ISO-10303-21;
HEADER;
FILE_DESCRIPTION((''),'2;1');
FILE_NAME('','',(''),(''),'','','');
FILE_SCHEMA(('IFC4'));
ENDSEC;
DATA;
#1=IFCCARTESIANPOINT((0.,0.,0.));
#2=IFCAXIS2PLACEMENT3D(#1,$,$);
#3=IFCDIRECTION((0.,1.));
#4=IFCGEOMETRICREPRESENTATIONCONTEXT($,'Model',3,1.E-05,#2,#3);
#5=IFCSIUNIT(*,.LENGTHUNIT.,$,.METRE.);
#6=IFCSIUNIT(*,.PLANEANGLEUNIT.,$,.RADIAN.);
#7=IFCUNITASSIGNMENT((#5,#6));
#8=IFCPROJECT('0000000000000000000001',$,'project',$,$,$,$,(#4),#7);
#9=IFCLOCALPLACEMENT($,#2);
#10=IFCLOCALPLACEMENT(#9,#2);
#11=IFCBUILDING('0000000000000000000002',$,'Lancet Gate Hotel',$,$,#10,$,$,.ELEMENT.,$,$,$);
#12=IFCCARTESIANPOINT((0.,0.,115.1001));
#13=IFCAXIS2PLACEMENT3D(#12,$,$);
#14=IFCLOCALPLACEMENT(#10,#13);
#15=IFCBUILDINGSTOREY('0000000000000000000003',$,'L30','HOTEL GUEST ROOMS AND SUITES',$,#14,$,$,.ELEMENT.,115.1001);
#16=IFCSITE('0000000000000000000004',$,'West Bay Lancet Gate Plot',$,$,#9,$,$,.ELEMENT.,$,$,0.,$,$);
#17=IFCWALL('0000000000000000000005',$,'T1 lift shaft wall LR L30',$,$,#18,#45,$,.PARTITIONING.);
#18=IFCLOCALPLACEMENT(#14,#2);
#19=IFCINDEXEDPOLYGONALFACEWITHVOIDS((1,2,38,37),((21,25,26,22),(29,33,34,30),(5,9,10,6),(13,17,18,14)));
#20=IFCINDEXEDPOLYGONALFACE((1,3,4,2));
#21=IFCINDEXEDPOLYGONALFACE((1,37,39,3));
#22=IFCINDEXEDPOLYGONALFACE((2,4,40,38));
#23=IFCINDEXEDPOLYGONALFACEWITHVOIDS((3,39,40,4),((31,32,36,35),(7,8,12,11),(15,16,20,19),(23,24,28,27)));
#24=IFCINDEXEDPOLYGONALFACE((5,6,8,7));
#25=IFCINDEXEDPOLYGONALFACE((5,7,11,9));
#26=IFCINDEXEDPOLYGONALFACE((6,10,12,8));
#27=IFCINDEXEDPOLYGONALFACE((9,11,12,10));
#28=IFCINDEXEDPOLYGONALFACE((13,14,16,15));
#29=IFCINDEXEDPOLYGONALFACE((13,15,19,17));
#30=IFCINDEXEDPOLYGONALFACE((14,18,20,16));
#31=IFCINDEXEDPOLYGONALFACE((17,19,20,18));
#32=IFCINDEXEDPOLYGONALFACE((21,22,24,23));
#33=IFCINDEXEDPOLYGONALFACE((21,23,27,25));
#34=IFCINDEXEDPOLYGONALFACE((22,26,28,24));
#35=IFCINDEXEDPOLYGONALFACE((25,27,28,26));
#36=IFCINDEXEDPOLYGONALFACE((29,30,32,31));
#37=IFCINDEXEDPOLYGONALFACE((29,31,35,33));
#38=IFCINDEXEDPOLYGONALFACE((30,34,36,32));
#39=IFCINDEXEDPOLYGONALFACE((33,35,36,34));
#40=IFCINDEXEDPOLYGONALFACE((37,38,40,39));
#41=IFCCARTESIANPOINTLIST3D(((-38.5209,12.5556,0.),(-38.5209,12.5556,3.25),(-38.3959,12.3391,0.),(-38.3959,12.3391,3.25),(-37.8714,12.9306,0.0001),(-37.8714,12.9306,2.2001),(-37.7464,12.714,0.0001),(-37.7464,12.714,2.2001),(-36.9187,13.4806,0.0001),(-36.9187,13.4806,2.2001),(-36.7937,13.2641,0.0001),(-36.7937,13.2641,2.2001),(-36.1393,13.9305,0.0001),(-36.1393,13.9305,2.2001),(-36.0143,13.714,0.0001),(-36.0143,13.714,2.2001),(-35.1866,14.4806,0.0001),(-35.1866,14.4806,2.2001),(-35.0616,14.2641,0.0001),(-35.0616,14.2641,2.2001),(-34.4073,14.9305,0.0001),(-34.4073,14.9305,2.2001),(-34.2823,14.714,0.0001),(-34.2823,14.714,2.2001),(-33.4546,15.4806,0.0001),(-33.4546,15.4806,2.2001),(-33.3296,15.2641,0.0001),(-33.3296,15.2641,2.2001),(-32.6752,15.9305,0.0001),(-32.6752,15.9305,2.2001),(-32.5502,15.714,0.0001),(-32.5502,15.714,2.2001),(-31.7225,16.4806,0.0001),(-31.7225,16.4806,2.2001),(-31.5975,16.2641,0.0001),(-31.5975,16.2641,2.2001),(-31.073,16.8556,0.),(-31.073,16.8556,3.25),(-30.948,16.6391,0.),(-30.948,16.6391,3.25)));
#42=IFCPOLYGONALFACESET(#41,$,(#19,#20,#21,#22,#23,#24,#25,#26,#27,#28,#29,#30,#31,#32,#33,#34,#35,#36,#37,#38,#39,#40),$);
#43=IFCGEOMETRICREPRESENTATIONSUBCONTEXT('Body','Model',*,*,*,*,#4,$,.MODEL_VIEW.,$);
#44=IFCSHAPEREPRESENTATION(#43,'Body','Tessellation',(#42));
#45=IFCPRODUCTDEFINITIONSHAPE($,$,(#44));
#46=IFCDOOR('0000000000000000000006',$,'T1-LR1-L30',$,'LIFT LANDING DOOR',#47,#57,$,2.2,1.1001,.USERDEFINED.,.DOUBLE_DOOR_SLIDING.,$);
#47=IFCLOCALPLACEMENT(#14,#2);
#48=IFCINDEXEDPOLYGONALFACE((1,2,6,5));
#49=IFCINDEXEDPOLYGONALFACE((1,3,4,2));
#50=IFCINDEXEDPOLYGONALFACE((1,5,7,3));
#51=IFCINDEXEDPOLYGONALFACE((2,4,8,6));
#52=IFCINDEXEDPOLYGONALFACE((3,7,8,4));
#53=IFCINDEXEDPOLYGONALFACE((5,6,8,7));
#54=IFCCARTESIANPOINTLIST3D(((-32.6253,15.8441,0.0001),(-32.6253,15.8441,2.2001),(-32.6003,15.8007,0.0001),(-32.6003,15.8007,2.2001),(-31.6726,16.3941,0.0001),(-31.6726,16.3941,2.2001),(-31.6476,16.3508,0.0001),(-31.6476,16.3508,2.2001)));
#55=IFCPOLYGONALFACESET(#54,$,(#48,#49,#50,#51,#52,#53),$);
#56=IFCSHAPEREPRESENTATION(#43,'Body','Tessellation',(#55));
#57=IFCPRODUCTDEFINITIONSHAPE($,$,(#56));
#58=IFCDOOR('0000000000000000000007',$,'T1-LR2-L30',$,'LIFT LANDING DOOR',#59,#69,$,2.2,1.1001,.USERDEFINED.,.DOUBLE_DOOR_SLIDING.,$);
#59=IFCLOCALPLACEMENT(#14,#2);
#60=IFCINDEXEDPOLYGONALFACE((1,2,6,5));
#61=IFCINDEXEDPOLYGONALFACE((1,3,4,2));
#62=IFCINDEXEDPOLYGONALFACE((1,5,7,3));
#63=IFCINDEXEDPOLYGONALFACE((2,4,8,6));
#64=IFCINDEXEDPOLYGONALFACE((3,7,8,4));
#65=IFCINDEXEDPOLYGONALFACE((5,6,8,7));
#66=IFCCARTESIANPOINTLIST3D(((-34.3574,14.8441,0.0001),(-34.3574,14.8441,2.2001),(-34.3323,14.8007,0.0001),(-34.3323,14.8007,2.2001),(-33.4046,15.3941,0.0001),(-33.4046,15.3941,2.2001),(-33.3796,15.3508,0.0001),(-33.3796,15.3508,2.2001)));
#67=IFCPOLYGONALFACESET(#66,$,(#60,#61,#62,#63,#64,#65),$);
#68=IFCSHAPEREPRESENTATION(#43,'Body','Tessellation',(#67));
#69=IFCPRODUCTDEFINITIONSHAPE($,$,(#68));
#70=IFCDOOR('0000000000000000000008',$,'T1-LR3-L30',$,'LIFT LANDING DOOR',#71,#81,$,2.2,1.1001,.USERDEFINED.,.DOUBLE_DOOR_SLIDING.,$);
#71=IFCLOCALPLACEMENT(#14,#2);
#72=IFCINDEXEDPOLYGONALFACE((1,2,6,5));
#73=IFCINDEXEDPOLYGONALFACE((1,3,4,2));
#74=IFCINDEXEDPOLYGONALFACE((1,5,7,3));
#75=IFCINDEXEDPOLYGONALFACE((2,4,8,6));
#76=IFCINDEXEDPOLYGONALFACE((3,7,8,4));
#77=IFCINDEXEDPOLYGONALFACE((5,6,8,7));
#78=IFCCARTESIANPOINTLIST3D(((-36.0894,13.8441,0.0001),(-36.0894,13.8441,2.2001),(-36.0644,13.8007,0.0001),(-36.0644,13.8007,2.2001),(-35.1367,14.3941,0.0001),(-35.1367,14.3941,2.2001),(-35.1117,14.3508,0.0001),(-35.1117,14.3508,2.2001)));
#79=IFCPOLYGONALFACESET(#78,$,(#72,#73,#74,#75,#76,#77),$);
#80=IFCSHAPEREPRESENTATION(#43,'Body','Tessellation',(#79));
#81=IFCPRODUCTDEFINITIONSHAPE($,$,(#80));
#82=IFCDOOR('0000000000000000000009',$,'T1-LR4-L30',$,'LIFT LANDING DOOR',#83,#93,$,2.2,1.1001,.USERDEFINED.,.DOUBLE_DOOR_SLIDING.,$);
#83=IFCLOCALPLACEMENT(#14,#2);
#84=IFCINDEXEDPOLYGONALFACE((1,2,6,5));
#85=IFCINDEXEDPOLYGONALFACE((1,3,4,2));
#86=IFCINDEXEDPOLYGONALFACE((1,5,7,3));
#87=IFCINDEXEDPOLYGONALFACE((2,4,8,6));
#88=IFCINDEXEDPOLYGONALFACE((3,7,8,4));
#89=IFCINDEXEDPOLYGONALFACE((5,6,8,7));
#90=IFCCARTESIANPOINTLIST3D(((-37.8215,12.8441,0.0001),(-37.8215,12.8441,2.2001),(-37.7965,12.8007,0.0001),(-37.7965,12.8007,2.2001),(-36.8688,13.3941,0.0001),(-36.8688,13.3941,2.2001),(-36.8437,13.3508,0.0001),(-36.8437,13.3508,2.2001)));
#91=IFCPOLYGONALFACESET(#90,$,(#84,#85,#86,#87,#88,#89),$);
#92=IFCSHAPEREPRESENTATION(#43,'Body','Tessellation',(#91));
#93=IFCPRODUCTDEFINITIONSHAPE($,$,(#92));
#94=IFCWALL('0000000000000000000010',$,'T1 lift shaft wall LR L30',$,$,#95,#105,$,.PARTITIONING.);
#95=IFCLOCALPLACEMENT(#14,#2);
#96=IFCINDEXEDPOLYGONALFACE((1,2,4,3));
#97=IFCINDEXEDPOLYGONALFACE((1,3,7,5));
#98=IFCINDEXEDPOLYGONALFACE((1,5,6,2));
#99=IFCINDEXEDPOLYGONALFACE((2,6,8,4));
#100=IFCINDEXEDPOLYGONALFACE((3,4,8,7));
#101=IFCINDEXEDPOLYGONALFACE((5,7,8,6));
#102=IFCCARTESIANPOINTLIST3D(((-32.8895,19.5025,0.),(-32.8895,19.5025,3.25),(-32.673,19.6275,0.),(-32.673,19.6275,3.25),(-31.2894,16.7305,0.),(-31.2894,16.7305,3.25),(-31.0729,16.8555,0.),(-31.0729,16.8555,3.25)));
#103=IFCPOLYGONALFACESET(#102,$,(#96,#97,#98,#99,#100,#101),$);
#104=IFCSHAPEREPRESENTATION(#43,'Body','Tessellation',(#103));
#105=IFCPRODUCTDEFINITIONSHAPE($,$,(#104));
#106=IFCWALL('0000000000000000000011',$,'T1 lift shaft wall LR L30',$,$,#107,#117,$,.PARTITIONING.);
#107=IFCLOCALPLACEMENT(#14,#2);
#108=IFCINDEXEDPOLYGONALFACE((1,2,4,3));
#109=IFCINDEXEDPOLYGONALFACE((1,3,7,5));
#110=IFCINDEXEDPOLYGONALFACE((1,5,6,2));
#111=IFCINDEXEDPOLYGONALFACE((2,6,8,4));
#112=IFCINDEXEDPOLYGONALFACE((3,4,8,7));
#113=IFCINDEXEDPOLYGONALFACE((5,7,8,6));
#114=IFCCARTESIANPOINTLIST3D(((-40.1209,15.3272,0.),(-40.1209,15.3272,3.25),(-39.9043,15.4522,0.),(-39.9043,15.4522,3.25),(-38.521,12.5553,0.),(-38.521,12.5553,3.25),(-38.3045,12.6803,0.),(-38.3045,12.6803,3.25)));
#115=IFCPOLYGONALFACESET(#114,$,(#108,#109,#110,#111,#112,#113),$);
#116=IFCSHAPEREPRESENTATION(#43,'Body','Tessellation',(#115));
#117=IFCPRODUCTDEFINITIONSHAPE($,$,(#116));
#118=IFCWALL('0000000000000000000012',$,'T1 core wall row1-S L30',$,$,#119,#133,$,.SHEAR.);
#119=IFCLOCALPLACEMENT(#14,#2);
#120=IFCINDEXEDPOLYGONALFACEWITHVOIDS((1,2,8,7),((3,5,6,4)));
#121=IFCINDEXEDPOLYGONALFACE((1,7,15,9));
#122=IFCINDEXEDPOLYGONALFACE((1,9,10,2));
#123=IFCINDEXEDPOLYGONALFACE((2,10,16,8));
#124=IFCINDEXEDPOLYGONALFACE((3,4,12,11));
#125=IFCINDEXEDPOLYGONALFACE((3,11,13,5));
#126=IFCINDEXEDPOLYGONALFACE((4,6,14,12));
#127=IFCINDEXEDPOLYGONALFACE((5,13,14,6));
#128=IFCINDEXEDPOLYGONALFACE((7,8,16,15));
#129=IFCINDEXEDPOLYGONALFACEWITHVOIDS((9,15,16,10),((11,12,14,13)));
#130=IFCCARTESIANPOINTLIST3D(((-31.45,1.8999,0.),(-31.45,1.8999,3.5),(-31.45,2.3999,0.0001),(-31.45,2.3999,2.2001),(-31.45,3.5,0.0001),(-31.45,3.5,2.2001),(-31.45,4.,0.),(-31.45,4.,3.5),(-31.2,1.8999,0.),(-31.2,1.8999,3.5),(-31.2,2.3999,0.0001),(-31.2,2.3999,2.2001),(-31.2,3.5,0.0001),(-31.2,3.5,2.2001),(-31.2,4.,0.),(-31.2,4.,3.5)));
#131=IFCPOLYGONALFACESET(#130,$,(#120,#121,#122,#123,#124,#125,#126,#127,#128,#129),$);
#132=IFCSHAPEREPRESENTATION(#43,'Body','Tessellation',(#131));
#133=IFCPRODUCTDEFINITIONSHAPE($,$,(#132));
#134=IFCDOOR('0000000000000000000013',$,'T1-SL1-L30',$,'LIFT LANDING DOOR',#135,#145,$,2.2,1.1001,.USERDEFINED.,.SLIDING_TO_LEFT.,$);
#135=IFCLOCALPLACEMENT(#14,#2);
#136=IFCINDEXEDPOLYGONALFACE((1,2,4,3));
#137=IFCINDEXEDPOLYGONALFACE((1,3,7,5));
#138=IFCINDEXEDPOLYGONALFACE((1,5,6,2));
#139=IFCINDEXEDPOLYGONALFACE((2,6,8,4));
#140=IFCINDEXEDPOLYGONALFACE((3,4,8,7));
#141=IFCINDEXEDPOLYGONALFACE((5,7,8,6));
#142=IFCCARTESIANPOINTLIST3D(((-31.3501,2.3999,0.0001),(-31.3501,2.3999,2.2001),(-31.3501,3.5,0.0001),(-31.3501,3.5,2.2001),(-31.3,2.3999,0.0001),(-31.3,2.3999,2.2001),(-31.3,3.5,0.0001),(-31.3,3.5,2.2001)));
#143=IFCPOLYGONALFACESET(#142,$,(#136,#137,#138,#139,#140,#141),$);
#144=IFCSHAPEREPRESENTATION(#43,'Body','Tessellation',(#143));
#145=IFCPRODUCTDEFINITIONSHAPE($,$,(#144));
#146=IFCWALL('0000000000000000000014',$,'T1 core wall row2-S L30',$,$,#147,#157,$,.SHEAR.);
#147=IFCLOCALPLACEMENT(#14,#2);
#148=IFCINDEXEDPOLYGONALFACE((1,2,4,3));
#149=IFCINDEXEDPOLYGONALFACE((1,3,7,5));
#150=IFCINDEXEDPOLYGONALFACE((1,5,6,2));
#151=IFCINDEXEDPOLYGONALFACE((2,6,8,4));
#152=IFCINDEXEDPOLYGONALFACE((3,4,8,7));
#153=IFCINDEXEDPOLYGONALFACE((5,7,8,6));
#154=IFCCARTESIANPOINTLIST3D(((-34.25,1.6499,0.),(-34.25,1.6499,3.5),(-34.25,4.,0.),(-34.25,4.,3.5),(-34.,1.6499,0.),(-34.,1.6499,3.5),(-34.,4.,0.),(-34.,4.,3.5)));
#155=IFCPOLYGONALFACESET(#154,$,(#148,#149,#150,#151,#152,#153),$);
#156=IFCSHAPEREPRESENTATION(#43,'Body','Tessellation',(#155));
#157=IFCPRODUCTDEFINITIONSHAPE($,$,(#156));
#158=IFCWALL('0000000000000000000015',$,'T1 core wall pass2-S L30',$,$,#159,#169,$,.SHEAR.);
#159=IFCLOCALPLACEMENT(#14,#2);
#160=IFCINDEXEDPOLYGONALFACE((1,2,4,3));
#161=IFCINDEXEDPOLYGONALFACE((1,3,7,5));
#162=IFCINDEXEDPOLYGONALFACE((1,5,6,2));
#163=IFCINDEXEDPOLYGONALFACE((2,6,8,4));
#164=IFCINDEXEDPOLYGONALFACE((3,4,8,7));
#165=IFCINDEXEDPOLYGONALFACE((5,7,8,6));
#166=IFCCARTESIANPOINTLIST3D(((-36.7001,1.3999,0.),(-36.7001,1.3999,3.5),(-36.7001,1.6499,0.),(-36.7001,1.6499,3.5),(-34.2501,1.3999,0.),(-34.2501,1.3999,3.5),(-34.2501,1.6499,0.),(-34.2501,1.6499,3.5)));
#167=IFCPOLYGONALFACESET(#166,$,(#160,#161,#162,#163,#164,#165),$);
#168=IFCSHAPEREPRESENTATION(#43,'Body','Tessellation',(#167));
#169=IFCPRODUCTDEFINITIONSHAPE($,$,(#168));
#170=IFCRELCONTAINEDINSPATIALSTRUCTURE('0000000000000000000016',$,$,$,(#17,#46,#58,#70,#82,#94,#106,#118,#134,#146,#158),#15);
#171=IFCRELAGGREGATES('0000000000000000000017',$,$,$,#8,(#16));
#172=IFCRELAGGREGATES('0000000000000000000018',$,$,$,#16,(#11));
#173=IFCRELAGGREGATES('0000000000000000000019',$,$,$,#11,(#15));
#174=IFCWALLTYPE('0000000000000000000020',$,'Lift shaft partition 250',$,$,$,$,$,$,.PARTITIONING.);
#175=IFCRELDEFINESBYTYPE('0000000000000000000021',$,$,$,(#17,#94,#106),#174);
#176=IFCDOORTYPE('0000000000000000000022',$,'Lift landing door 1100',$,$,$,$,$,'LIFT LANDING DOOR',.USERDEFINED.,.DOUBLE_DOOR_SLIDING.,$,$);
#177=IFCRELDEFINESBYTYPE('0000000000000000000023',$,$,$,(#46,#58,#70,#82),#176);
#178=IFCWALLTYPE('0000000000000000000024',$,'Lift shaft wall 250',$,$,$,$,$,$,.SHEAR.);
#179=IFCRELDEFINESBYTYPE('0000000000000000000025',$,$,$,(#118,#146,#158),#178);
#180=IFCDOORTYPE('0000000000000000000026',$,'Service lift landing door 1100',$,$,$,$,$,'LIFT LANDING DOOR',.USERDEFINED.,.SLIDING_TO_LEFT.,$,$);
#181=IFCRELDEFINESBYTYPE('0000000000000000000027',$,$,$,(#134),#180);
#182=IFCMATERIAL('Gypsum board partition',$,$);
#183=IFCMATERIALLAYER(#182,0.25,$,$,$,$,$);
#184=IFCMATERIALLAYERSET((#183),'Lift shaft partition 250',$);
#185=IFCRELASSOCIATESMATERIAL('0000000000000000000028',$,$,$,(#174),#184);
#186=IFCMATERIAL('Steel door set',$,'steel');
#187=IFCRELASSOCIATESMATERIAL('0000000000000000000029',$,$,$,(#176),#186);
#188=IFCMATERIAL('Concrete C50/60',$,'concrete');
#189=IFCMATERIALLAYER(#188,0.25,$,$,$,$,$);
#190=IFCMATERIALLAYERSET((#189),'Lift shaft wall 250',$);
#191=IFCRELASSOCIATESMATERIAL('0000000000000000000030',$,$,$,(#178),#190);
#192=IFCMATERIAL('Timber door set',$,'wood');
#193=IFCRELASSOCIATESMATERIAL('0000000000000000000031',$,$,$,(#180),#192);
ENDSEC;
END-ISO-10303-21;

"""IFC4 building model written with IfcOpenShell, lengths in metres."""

from ifc_helpers import new_model, si_unit, direction, frame, frame_2d, origin, place, context, subcontext, project, spatial, rectangle, extrude, material, layer, layer_set, type_object, element, fill, save


model = new_model("IFC4")

# Units and contexts
model_context = context("Model", 3, precision=1e-05, world=origin(), true_north=direction((0.0, 1.0)))
body_context = subcontext(model_context, "Body", "Model", "MODEL_VIEW")
ifc_project = project(units=[si_unit("LENGTHUNIT", "METRE"), si_unit("PLANEANGLEUNIT", "RADIAN")], contexts=[model_context])

# Site, building, storey
site_placement = place(None, origin())
site = spatial("IfcSite", under=ifc_project, at=site_placement, Name="West Bay Lancet Gate Plot", CompositionType="ELEMENT", RefElevation=0.0)
building_placement = place(site_placement, origin())
building = spatial("IfcBuilding", under=site, at=building_placement, Name="Lancet Gate Hotel", CompositionType="ELEMENT")
storey_placement = place(building_placement, frame((0.0, 0.0, 115.1001)))
storey = spatial("IfcBuildingStorey", under=building, at=storey_placement, Name="L30", Description="HOTEL GUEST ROOMS AND SUITES", CompositionType="ELEMENT", Elevation=115.1001)

# Wall, openings, doors
ifc_material_1 = material(Name="Gypsum board partition")
ifc_layer_1 = layer(ifc_material_1, 0.25)
ifc_layer_set_1 = layer_set([ifc_layer_1], Name="Lift shaft partition 250")
wall_type_1 = type_object("IfcWallType", Name="Lift shaft partition 250", PredefinedType="PARTITIONING", material=ifc_layer_set_1)
wall_1_placement = place(storey_placement, frame((-31.0105, 16.7473, 0.0), z_axis=(0.0, 0.0, 1.0), x_axis=(-0.866028, -0.499995, 0.0)))
wall_1 = element("IfcWall", 1, at=wall_1_placement, inside=storey, type_object=wall_type_1, Name="T1 lift shaft wall LR L30", PredefinedType="PARTITIONING", context=body_context, shape_type="SweptSolid", body=[
    extrude(rectangle(XDim=8.6001, YDim=0.25, at=frame_2d((4.3, 0.0))), origin(), (0.0, 0.0, 1.0), 3.25),
])
opening_1_placement = place(wall_1_placement, frame((0.75, 0.0, 0.0)))
opening_1 = element("IfcOpeningElement", 2, at=opening_1_placement, cuts=wall_1, PredefinedType="OPENING", context=body_context, shape_type="SweptSolid", body=[
    extrude(rectangle(XDim=1.1001, YDim=2.2, at=frame_2d((0.55, 1.1001))), frame((0.0, 0.135, 0.0), z_axis=(0.0, -1.0, 0.0), x_axis=(1.0, 0.0, 0.0)), (0.0, 0.0, 1.0), 0.27),
])
opening_2_placement = place(wall_1_placement, frame((2.75, 0.0, 0.0)))
opening_2 = element("IfcOpeningElement", 3, at=opening_2_placement, cuts=wall_1, PredefinedType="OPENING", context=body_context, shape_type="SweptSolid", body=[
    extrude(rectangle(XDim=1.1001, YDim=2.2, at=frame_2d((0.55, 1.1001))), frame((0.0, 0.135, 0.0), z_axis=(0.0, -1.0, 0.0), x_axis=(1.0, 0.0, 0.0)), (0.0, 0.0, 1.0), 0.27),
])
opening_3_placement = place(wall_1_placement, frame((4.75, 0.0, 0.0)))
opening_3 = element("IfcOpeningElement", 4, at=opening_3_placement, cuts=wall_1, PredefinedType="OPENING", context=body_context, shape_type="SweptSolid", body=[
    extrude(rectangle(XDim=1.1001, YDim=2.2, at=frame_2d((0.55, 1.1001))), frame((0.0, 0.135, 0.0), z_axis=(0.0, -1.0, 0.0), x_axis=(1.0, 0.0, 0.0)), (0.0, 0.0, 1.0), 0.27),
])
opening_4_placement = place(wall_1_placement, frame((6.75, 0.0, 0.0)))
opening_4 = element("IfcOpeningElement", 5, at=opening_4_placement, cuts=wall_1, PredefinedType="OPENING", context=body_context, shape_type="SweptSolid", body=[
    extrude(rectangle(XDim=1.1001, YDim=2.2, at=frame_2d((0.55, 1.1001))), frame((0.0, 0.135, 0.0), z_axis=(0.0, -1.0, 0.0), x_axis=(1.0, 0.0, 0.0)), (0.0, 0.0, 1.0), 0.27),
])
ifc_material_2 = material(Name="Steel door set", Category="steel")
door_type_1 = type_object("IfcDoorType", Name="Lift landing door 1100", ElementType="LIFT LANDING DOOR", OperationType="DOUBLE_DOOR_SLIDING", PredefinedType="USERDEFINED", material=ifc_material_2)
door_1_placement = place(opening_1_placement, origin())
door_1 = element("IfcDoor", 6, at=door_1_placement, inside=storey, type_object=door_type_1, Name="T1-LR1-L30", ObjectType="LIFT LANDING DOOR", OperationType="DOUBLE_DOOR_SLIDING", OverallHeight=2.2, OverallWidth=1.1001, PredefinedType="USERDEFINED", context=body_context, shape_type="SweptSolid", body=[
    extrude(rectangle(XDim=1.1001, YDim=2.2, at=frame_2d((0.55, 1.1001))), frame((0.0, 0.0249, 0.0), z_axis=(0.0, -1.0, 0.0), x_axis=(1.0, 0.0, 0.0)), (0.0, 0.0, 1.0), 0.05),
])
fill(opening_1, door_1)
door_2_placement = place(opening_2_placement, origin())
door_2 = element("IfcDoor", 7, at=door_2_placement, inside=storey, type_object=door_type_1, Name="T1-LR2-L30", ObjectType="LIFT LANDING DOOR", OperationType="DOUBLE_DOOR_SLIDING", OverallHeight=2.2, OverallWidth=1.1001, PredefinedType="USERDEFINED", context=body_context, shape_type="SweptSolid", body=[
    extrude(rectangle(XDim=1.1001, YDim=2.2, at=frame_2d((0.55, 1.1001))), frame((0.0, 0.0249, 0.0), z_axis=(0.0, -1.0, 0.0), x_axis=(1.0, 0.0, 0.0)), (0.0, 0.0, 1.0), 0.05),
])
fill(opening_2, door_2)
door_3_placement = place(opening_3_placement, origin())
door_3 = element("IfcDoor", 8, at=door_3_placement, inside=storey, type_object=door_type_1, Name="T1-LR3-L30", ObjectType="LIFT LANDING DOOR", OperationType="DOUBLE_DOOR_SLIDING", OverallHeight=2.2, OverallWidth=1.1001, PredefinedType="USERDEFINED", context=body_context, shape_type="SweptSolid", body=[
    extrude(rectangle(XDim=1.1001, YDim=2.2, at=frame_2d((0.55, 1.1001))), frame((0.0, 0.0249, 0.0), z_axis=(0.0, -1.0, 0.0), x_axis=(1.0, 0.0, 0.0)), (0.0, 0.0, 1.0), 0.05),
])
fill(opening_3, door_3)
door_4_placement = place(opening_4_placement, origin())
door_4 = element("IfcDoor", 9, at=door_4_placement, inside=storey, type_object=door_type_1, Name="T1-LR4-L30", ObjectType="LIFT LANDING DOOR", OperationType="DOUBLE_DOOR_SLIDING", OverallHeight=2.2, OverallWidth=1.1001, PredefinedType="USERDEFINED", context=body_context, shape_type="SweptSolid", body=[
    extrude(rectangle(XDim=1.1001, YDim=2.2, at=frame_2d((0.55, 1.1001))), frame((0.0, 0.0249, 0.0), z_axis=(0.0, -1.0, 0.0), x_axis=(1.0, 0.0, 0.0)), (0.0, 0.0, 1.0), 0.05),
])
fill(opening_4, door_4)

# Walls
wall_2_placement = place(storey_placement, frame((-31.1812, 16.793, 0.0), z_axis=(0.0, 0.0, 1.0), x_axis=(-0.499929, 0.866066, 0.0)))
element("IfcWall", 10, at=wall_2_placement, inside=storey, type_object=wall_type_1, Name="T1 lift shaft wall LR L30", PredefinedType="PARTITIONING", context=body_context, shape_type="SweptSolid", body=[
    extrude(rectangle(XDim=3.2007, YDim=0.25, at=frame_2d((1.6003, 0.0))), origin(), (0.0, 0.0, 1.0), 3.25),
])
wall_3_placement = place(storey_placement, frame((-38.4128, 12.6179, 0.0), z_axis=(0.0, 0.0, 1.0), x_axis=(-0.499872, 0.866099, 0.0)))
element("IfcWall", 11, at=wall_3_placement, inside=storey, type_object=wall_type_1, Name="T1 lift shaft wall LR L30", PredefinedType="PARTITIONING", context=body_context, shape_type="SweptSolid", body=[
    extrude(rectangle(XDim=3.2004, YDim=0.25, at=frame_2d((1.6001, 0.0))), origin(), (0.0, 0.0, 1.0), 3.25),
])

# Wall, opening, door
ifc_material_3 = material(Name="Concrete C50/60", Category="concrete")
ifc_layer_2 = layer(ifc_material_3, 0.25)
ifc_layer_set_2 = layer_set([ifc_layer_2], Name="Lift shaft wall 250")
wall_type_2 = type_object("IfcWallType", Name="Lift shaft wall 250", PredefinedType="SHEAR", material=ifc_layer_set_2)
wall_4_placement = place(storey_placement, frame((-31.325, 4.0, 0.0), z_axis=(0.0, 0.0, 1.0), x_axis=(0.0, -1.0, 0.0)))
wall_4 = element("IfcWall", 12, at=wall_4_placement, inside=storey, type_object=wall_type_2, Name="T1 core wall row1-S L30", PredefinedType="SHEAR", context=body_context, shape_type="SweptSolid", body=[
    extrude(rectangle(XDim=2.1001, YDim=0.25, at=frame_2d((1.05, 0.0))), origin(), (0.0, 0.0, 1.0), 3.5),
])
opening_5_placement = place(wall_4_placement, frame((0.5, 0.0, 0.0)))
opening_5 = element("IfcOpeningElement", 13, at=opening_5_placement, cuts=wall_4, PredefinedType="OPENING", context=body_context, shape_type="SweptSolid", body=[
    extrude(rectangle(XDim=1.1001, YDim=2.2, at=frame_2d((0.55, 1.1001))), frame((0.0, 0.135, 0.0), z_axis=(0.0, -1.0, 0.0), x_axis=(1.0, 0.0, 0.0)), (0.0, 0.0, 1.0), 0.27),
])
ifc_material_4 = material(Name="Timber door set", Category="wood")
door_type_2 = type_object("IfcDoorType", Name="Service lift landing door 1100", ElementType="LIFT LANDING DOOR", OperationType="SLIDING_TO_LEFT", PredefinedType="USERDEFINED", material=ifc_material_4)
door_5_placement = place(opening_5_placement, origin())
door_5 = element("IfcDoor", 14, at=door_5_placement, inside=storey, type_object=door_type_2, Name="T1-SL1-L30", ObjectType="LIFT LANDING DOOR", OperationType="SLIDING_TO_LEFT", OverallHeight=2.2, OverallWidth=1.1001, PredefinedType="USERDEFINED", context=body_context, shape_type="SweptSolid", body=[
    extrude(rectangle(XDim=1.1001, YDim=2.2, at=frame_2d((0.55, 1.1001))), frame((0.0, 0.0249, 0.0), z_axis=(0.0, -1.0, 0.0), x_axis=(1.0, 0.0, 0.0)), (0.0, 0.0, 1.0), 0.05),
])
fill(opening_5, door_5)

# Walls
wall_5_placement = place(storey_placement, frame((-34.125, 4.0, 0.0), z_axis=(0.0, 0.0, 1.0), x_axis=(0.0, -1.0, 0.0)))
element("IfcWall", 15, at=wall_5_placement, inside=storey, type_object=wall_type_2, Name="T1 core wall row2-S L30", PredefinedType="SHEAR", context=body_context, shape_type="SweptSolid", body=[
    extrude(rectangle(XDim=2.3501, YDim=0.25, at=frame_2d((1.175, 0.0))), origin(), (0.0, 0.0, 1.0), 3.5),
])
wall_6_placement = place(storey_placement, frame((-34.25, 1.5249, 0.0), z_axis=(0.0, 0.0, 1.0), x_axis=(-1.0, 0.0, 0.0)))
element("IfcWall", 16, at=wall_6_placement, inside=storey, type_object=wall_type_2, Name="T1 core wall pass2-S L30", PredefinedType="SHEAR", context=body_context, shape_type="SweptSolid", body=[
    extrude(rectangle(XDim=2.45, YDim=0.25, at=frame_2d((1.2251, 0.0))), origin(), (0.0, 0.0, 1.0), 3.5),
])

save(model, "model.ifc")
